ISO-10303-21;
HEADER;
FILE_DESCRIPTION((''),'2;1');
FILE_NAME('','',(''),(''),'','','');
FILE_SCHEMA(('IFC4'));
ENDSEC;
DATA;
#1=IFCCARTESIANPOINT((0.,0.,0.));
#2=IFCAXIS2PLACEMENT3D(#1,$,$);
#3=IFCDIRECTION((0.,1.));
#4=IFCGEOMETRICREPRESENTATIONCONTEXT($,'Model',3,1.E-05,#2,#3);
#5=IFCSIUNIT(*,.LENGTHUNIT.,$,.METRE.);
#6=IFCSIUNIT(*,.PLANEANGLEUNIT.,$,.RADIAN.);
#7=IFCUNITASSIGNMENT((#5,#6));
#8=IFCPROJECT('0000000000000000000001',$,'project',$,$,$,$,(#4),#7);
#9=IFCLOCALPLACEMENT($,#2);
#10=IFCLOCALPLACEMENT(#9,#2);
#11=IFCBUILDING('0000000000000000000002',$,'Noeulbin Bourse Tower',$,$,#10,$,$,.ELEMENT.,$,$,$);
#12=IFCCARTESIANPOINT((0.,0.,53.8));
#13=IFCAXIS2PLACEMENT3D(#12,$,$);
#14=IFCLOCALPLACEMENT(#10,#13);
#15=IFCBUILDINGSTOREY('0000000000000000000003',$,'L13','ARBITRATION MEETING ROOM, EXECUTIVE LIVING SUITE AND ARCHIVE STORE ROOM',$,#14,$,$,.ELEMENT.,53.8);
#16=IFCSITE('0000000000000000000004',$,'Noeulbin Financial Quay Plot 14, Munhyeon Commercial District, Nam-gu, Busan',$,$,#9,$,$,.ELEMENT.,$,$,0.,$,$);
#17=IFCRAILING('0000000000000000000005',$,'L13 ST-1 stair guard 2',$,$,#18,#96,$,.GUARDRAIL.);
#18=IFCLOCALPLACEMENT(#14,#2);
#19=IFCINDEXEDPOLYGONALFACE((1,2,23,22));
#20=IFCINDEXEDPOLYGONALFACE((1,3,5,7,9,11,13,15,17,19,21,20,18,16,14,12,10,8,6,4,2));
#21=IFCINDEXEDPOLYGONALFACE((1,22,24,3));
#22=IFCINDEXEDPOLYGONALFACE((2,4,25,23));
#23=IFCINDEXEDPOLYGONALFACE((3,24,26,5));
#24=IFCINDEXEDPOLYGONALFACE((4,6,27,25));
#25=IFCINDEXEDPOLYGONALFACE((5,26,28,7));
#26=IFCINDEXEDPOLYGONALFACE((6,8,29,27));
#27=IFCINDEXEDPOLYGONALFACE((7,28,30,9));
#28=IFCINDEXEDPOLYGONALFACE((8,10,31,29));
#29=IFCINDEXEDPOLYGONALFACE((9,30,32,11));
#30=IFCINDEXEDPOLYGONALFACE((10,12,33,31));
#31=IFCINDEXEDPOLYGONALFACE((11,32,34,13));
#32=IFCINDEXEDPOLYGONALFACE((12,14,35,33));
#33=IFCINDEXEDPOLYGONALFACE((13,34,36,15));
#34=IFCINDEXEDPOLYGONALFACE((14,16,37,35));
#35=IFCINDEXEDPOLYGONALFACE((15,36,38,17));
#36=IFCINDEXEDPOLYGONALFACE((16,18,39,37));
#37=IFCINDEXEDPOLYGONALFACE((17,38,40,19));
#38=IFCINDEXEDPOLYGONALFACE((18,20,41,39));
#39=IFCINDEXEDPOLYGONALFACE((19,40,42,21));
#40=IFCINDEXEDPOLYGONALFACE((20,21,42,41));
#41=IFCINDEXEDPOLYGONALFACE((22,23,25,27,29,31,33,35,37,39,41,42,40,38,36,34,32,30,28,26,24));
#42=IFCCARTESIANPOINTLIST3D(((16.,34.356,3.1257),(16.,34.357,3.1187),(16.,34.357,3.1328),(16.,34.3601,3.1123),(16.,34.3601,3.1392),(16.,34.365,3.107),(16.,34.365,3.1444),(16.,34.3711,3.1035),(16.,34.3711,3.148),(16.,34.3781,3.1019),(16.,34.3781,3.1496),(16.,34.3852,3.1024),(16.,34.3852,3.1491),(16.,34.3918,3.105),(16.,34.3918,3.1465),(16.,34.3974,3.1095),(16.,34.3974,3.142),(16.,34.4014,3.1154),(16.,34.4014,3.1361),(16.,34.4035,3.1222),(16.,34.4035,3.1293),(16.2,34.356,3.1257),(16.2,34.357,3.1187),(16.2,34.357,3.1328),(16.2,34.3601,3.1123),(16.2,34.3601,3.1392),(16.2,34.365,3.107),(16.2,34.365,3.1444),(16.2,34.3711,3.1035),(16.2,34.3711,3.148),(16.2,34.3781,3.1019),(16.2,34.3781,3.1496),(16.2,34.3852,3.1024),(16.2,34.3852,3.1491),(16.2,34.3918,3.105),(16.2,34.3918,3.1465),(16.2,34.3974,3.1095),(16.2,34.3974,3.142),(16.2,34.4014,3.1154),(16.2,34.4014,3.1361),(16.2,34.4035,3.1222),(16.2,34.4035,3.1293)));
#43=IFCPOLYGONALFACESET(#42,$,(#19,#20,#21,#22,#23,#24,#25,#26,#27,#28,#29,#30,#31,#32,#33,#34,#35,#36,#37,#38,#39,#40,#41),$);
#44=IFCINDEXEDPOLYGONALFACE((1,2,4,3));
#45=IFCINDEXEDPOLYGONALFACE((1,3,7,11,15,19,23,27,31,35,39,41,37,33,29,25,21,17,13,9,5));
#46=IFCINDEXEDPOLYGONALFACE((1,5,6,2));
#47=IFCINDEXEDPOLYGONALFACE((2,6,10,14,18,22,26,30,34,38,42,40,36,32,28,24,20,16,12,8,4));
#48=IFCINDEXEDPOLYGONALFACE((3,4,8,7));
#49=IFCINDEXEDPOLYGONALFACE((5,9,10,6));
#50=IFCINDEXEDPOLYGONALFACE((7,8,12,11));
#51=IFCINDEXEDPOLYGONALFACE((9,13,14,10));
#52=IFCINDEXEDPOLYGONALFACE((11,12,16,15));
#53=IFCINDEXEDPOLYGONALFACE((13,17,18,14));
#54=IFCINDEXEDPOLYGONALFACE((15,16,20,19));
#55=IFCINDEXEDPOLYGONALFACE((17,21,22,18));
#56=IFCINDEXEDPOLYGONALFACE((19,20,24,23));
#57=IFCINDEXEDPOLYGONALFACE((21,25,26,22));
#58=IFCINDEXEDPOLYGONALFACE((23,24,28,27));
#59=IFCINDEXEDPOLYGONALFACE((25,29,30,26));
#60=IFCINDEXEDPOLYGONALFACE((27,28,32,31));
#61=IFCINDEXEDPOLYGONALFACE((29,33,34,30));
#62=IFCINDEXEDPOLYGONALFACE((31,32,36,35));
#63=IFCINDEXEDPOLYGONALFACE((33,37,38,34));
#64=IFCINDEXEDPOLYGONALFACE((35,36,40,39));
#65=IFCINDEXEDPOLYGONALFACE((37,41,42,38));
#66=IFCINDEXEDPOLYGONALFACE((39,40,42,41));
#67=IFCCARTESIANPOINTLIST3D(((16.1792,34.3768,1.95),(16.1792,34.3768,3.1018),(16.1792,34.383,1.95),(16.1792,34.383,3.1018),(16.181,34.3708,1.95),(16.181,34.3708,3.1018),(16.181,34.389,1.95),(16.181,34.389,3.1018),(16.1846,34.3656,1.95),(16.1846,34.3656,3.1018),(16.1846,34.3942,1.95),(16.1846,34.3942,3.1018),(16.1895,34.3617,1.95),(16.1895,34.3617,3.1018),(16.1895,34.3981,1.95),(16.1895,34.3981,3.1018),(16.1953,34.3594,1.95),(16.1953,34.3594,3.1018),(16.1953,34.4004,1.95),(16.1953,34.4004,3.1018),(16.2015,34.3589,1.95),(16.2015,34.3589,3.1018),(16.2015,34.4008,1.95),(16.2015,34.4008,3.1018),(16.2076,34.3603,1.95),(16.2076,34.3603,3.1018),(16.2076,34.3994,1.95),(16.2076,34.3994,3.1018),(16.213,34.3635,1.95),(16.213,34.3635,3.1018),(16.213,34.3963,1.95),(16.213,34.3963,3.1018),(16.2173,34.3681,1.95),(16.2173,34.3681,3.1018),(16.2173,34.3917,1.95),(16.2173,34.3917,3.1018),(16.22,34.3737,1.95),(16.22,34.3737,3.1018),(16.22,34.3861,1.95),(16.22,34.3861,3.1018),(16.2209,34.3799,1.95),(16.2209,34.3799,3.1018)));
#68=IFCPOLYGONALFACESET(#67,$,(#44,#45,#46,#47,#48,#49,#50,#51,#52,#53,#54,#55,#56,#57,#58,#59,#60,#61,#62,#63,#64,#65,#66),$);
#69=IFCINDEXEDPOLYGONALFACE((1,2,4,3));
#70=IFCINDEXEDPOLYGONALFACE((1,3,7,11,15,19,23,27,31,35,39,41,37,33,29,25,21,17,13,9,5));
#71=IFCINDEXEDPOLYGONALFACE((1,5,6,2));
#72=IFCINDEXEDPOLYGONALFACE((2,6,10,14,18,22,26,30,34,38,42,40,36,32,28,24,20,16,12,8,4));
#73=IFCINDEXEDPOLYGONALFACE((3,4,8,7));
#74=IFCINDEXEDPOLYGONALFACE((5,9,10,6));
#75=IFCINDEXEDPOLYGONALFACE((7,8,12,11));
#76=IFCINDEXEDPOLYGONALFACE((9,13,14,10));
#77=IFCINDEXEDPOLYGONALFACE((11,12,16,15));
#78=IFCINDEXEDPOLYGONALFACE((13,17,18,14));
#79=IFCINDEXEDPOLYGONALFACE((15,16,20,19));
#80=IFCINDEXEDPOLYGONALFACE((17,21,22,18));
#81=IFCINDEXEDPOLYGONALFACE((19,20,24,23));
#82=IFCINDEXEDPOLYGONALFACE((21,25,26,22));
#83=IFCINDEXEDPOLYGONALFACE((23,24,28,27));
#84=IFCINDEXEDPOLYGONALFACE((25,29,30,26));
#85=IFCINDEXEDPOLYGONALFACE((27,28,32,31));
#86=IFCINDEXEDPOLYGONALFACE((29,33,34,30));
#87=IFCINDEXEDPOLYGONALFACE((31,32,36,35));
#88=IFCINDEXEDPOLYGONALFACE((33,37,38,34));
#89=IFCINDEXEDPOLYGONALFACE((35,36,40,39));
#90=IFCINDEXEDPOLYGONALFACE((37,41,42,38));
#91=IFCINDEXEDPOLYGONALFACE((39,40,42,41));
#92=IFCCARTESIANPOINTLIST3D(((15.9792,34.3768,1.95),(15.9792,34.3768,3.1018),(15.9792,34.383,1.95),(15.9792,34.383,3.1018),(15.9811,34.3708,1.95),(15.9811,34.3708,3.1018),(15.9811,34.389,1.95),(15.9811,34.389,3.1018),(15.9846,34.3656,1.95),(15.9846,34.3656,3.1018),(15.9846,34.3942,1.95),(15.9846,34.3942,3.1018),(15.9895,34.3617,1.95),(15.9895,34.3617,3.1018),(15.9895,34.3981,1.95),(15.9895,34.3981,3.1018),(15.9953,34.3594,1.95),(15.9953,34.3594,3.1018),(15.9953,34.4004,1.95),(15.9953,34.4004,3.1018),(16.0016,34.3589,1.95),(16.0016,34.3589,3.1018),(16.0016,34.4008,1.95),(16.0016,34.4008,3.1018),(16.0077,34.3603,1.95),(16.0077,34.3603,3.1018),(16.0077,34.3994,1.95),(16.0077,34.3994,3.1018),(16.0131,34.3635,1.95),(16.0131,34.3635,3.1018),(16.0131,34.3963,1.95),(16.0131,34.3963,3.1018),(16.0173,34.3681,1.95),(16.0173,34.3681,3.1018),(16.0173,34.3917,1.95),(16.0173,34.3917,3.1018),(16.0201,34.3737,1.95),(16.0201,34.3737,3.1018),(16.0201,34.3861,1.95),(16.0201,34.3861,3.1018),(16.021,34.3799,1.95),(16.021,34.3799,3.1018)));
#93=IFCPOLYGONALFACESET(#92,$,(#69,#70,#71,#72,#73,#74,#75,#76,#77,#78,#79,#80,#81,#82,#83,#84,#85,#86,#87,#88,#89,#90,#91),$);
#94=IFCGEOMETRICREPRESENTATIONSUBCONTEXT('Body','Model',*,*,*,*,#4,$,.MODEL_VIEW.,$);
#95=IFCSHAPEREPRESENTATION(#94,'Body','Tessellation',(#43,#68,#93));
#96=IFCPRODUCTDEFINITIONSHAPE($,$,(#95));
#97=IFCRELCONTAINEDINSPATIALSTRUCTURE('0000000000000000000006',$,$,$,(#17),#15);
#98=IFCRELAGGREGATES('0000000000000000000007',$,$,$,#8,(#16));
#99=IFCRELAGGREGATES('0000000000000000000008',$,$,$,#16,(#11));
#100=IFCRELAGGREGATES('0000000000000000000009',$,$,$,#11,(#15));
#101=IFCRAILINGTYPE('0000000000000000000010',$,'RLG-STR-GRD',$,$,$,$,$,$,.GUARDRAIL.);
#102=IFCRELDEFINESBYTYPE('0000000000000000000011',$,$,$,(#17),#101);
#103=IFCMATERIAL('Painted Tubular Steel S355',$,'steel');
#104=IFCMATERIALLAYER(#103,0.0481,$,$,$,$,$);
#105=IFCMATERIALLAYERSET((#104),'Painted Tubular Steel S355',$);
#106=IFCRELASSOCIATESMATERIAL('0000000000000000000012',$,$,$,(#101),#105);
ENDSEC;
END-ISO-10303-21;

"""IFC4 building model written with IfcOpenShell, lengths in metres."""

from ifc_helpers import new_model, si_unit, direction, frame, origin, origin_2d, place, context, subcontext, project, spatial, circle, extrude, material, layer, layer_set, type_object, element, save


model = new_model("IFC4")

# Units and contexts
model_context = context("Model", 3, precision=1e-05, world=origin(), true_north=direction((0.0, 1.0)))
body_context = subcontext(model_context, "Body", "Model", "MODEL_VIEW")
ifc_project = project(units=[si_unit("LENGTHUNIT", "METRE"), si_unit("PLANEANGLEUNIT", "RADIAN")], contexts=[model_context])

# Site, building, storey
site_placement = place(None, origin())
site = spatial("IfcSite", under=ifc_project, at=site_placement, Name="Noeulbin Financial Quay Plot 14, Munhyeon Commercial District, Nam-gu, Busan", CompositionType="ELEMENT", RefElevation=0.0)
building_placement = place(site_placement, origin())
building = spatial("IfcBuilding", under=site, at=building_placement, Name="Noeulbin Bourse Tower", CompositionType="ELEMENT")
storey_placement = place(building_placement, frame((0.0, 0.0, 53.8)))
storey = spatial("IfcBuildingStorey", under=building, at=storey_placement, Name="L13", Description="ARBITRATION MEETING ROOM, EXECUTIVE LIVING SUITE AND ARCHIVE STORE ROOM", CompositionType="ELEMENT", Elevation=53.8)

# Railing
ifc_material_1 = material(Name="Painted Tubular Steel S355", Category="steel")
ifc_layer_1 = layer(ifc_material_1, 0.0481)
ifc_layer_set_1 = layer_set([ifc_layer_1], Name="Painted Tubular Steel S355")
railing_type_1 = type_object("IfcRailingType", Name="RLG-STR-GRD", PredefinedType="GUARDRAIL", material=ifc_layer_set_1)
railing_1_placement = place(storey_placement, frame((16.2, 34.3799, 1.95)))
element("IfcRailing", 1, at=railing_1_placement, inside=storey, type_object=railing_type_1, Name="L13 ST-1 stair guard 2", PredefinedType="GUARDRAIL", context=body_context, shape_type="SweptSolid", body=[
    extrude(circle(Radius=0.0239, at=origin_2d()), frame((0.0, 0.0, 1.1758), z_axis=(-1.0, 0.0, 0.0), x_axis=(0.0, -1.0, 0.0)), (0.0, 0.0, 1.0), 0.2),
    extrude(circle(Radius=0.021, at=origin_2d()), origin(), (0.0, 0.0, 1.0), 1.1519),
    extrude(circle(Radius=0.021, at=origin_2d()), frame((-0.2, 0.0, 0.0)), (0.0, 0.0, 1.0), 1.1519),
])

save(model, "model.ifc")
